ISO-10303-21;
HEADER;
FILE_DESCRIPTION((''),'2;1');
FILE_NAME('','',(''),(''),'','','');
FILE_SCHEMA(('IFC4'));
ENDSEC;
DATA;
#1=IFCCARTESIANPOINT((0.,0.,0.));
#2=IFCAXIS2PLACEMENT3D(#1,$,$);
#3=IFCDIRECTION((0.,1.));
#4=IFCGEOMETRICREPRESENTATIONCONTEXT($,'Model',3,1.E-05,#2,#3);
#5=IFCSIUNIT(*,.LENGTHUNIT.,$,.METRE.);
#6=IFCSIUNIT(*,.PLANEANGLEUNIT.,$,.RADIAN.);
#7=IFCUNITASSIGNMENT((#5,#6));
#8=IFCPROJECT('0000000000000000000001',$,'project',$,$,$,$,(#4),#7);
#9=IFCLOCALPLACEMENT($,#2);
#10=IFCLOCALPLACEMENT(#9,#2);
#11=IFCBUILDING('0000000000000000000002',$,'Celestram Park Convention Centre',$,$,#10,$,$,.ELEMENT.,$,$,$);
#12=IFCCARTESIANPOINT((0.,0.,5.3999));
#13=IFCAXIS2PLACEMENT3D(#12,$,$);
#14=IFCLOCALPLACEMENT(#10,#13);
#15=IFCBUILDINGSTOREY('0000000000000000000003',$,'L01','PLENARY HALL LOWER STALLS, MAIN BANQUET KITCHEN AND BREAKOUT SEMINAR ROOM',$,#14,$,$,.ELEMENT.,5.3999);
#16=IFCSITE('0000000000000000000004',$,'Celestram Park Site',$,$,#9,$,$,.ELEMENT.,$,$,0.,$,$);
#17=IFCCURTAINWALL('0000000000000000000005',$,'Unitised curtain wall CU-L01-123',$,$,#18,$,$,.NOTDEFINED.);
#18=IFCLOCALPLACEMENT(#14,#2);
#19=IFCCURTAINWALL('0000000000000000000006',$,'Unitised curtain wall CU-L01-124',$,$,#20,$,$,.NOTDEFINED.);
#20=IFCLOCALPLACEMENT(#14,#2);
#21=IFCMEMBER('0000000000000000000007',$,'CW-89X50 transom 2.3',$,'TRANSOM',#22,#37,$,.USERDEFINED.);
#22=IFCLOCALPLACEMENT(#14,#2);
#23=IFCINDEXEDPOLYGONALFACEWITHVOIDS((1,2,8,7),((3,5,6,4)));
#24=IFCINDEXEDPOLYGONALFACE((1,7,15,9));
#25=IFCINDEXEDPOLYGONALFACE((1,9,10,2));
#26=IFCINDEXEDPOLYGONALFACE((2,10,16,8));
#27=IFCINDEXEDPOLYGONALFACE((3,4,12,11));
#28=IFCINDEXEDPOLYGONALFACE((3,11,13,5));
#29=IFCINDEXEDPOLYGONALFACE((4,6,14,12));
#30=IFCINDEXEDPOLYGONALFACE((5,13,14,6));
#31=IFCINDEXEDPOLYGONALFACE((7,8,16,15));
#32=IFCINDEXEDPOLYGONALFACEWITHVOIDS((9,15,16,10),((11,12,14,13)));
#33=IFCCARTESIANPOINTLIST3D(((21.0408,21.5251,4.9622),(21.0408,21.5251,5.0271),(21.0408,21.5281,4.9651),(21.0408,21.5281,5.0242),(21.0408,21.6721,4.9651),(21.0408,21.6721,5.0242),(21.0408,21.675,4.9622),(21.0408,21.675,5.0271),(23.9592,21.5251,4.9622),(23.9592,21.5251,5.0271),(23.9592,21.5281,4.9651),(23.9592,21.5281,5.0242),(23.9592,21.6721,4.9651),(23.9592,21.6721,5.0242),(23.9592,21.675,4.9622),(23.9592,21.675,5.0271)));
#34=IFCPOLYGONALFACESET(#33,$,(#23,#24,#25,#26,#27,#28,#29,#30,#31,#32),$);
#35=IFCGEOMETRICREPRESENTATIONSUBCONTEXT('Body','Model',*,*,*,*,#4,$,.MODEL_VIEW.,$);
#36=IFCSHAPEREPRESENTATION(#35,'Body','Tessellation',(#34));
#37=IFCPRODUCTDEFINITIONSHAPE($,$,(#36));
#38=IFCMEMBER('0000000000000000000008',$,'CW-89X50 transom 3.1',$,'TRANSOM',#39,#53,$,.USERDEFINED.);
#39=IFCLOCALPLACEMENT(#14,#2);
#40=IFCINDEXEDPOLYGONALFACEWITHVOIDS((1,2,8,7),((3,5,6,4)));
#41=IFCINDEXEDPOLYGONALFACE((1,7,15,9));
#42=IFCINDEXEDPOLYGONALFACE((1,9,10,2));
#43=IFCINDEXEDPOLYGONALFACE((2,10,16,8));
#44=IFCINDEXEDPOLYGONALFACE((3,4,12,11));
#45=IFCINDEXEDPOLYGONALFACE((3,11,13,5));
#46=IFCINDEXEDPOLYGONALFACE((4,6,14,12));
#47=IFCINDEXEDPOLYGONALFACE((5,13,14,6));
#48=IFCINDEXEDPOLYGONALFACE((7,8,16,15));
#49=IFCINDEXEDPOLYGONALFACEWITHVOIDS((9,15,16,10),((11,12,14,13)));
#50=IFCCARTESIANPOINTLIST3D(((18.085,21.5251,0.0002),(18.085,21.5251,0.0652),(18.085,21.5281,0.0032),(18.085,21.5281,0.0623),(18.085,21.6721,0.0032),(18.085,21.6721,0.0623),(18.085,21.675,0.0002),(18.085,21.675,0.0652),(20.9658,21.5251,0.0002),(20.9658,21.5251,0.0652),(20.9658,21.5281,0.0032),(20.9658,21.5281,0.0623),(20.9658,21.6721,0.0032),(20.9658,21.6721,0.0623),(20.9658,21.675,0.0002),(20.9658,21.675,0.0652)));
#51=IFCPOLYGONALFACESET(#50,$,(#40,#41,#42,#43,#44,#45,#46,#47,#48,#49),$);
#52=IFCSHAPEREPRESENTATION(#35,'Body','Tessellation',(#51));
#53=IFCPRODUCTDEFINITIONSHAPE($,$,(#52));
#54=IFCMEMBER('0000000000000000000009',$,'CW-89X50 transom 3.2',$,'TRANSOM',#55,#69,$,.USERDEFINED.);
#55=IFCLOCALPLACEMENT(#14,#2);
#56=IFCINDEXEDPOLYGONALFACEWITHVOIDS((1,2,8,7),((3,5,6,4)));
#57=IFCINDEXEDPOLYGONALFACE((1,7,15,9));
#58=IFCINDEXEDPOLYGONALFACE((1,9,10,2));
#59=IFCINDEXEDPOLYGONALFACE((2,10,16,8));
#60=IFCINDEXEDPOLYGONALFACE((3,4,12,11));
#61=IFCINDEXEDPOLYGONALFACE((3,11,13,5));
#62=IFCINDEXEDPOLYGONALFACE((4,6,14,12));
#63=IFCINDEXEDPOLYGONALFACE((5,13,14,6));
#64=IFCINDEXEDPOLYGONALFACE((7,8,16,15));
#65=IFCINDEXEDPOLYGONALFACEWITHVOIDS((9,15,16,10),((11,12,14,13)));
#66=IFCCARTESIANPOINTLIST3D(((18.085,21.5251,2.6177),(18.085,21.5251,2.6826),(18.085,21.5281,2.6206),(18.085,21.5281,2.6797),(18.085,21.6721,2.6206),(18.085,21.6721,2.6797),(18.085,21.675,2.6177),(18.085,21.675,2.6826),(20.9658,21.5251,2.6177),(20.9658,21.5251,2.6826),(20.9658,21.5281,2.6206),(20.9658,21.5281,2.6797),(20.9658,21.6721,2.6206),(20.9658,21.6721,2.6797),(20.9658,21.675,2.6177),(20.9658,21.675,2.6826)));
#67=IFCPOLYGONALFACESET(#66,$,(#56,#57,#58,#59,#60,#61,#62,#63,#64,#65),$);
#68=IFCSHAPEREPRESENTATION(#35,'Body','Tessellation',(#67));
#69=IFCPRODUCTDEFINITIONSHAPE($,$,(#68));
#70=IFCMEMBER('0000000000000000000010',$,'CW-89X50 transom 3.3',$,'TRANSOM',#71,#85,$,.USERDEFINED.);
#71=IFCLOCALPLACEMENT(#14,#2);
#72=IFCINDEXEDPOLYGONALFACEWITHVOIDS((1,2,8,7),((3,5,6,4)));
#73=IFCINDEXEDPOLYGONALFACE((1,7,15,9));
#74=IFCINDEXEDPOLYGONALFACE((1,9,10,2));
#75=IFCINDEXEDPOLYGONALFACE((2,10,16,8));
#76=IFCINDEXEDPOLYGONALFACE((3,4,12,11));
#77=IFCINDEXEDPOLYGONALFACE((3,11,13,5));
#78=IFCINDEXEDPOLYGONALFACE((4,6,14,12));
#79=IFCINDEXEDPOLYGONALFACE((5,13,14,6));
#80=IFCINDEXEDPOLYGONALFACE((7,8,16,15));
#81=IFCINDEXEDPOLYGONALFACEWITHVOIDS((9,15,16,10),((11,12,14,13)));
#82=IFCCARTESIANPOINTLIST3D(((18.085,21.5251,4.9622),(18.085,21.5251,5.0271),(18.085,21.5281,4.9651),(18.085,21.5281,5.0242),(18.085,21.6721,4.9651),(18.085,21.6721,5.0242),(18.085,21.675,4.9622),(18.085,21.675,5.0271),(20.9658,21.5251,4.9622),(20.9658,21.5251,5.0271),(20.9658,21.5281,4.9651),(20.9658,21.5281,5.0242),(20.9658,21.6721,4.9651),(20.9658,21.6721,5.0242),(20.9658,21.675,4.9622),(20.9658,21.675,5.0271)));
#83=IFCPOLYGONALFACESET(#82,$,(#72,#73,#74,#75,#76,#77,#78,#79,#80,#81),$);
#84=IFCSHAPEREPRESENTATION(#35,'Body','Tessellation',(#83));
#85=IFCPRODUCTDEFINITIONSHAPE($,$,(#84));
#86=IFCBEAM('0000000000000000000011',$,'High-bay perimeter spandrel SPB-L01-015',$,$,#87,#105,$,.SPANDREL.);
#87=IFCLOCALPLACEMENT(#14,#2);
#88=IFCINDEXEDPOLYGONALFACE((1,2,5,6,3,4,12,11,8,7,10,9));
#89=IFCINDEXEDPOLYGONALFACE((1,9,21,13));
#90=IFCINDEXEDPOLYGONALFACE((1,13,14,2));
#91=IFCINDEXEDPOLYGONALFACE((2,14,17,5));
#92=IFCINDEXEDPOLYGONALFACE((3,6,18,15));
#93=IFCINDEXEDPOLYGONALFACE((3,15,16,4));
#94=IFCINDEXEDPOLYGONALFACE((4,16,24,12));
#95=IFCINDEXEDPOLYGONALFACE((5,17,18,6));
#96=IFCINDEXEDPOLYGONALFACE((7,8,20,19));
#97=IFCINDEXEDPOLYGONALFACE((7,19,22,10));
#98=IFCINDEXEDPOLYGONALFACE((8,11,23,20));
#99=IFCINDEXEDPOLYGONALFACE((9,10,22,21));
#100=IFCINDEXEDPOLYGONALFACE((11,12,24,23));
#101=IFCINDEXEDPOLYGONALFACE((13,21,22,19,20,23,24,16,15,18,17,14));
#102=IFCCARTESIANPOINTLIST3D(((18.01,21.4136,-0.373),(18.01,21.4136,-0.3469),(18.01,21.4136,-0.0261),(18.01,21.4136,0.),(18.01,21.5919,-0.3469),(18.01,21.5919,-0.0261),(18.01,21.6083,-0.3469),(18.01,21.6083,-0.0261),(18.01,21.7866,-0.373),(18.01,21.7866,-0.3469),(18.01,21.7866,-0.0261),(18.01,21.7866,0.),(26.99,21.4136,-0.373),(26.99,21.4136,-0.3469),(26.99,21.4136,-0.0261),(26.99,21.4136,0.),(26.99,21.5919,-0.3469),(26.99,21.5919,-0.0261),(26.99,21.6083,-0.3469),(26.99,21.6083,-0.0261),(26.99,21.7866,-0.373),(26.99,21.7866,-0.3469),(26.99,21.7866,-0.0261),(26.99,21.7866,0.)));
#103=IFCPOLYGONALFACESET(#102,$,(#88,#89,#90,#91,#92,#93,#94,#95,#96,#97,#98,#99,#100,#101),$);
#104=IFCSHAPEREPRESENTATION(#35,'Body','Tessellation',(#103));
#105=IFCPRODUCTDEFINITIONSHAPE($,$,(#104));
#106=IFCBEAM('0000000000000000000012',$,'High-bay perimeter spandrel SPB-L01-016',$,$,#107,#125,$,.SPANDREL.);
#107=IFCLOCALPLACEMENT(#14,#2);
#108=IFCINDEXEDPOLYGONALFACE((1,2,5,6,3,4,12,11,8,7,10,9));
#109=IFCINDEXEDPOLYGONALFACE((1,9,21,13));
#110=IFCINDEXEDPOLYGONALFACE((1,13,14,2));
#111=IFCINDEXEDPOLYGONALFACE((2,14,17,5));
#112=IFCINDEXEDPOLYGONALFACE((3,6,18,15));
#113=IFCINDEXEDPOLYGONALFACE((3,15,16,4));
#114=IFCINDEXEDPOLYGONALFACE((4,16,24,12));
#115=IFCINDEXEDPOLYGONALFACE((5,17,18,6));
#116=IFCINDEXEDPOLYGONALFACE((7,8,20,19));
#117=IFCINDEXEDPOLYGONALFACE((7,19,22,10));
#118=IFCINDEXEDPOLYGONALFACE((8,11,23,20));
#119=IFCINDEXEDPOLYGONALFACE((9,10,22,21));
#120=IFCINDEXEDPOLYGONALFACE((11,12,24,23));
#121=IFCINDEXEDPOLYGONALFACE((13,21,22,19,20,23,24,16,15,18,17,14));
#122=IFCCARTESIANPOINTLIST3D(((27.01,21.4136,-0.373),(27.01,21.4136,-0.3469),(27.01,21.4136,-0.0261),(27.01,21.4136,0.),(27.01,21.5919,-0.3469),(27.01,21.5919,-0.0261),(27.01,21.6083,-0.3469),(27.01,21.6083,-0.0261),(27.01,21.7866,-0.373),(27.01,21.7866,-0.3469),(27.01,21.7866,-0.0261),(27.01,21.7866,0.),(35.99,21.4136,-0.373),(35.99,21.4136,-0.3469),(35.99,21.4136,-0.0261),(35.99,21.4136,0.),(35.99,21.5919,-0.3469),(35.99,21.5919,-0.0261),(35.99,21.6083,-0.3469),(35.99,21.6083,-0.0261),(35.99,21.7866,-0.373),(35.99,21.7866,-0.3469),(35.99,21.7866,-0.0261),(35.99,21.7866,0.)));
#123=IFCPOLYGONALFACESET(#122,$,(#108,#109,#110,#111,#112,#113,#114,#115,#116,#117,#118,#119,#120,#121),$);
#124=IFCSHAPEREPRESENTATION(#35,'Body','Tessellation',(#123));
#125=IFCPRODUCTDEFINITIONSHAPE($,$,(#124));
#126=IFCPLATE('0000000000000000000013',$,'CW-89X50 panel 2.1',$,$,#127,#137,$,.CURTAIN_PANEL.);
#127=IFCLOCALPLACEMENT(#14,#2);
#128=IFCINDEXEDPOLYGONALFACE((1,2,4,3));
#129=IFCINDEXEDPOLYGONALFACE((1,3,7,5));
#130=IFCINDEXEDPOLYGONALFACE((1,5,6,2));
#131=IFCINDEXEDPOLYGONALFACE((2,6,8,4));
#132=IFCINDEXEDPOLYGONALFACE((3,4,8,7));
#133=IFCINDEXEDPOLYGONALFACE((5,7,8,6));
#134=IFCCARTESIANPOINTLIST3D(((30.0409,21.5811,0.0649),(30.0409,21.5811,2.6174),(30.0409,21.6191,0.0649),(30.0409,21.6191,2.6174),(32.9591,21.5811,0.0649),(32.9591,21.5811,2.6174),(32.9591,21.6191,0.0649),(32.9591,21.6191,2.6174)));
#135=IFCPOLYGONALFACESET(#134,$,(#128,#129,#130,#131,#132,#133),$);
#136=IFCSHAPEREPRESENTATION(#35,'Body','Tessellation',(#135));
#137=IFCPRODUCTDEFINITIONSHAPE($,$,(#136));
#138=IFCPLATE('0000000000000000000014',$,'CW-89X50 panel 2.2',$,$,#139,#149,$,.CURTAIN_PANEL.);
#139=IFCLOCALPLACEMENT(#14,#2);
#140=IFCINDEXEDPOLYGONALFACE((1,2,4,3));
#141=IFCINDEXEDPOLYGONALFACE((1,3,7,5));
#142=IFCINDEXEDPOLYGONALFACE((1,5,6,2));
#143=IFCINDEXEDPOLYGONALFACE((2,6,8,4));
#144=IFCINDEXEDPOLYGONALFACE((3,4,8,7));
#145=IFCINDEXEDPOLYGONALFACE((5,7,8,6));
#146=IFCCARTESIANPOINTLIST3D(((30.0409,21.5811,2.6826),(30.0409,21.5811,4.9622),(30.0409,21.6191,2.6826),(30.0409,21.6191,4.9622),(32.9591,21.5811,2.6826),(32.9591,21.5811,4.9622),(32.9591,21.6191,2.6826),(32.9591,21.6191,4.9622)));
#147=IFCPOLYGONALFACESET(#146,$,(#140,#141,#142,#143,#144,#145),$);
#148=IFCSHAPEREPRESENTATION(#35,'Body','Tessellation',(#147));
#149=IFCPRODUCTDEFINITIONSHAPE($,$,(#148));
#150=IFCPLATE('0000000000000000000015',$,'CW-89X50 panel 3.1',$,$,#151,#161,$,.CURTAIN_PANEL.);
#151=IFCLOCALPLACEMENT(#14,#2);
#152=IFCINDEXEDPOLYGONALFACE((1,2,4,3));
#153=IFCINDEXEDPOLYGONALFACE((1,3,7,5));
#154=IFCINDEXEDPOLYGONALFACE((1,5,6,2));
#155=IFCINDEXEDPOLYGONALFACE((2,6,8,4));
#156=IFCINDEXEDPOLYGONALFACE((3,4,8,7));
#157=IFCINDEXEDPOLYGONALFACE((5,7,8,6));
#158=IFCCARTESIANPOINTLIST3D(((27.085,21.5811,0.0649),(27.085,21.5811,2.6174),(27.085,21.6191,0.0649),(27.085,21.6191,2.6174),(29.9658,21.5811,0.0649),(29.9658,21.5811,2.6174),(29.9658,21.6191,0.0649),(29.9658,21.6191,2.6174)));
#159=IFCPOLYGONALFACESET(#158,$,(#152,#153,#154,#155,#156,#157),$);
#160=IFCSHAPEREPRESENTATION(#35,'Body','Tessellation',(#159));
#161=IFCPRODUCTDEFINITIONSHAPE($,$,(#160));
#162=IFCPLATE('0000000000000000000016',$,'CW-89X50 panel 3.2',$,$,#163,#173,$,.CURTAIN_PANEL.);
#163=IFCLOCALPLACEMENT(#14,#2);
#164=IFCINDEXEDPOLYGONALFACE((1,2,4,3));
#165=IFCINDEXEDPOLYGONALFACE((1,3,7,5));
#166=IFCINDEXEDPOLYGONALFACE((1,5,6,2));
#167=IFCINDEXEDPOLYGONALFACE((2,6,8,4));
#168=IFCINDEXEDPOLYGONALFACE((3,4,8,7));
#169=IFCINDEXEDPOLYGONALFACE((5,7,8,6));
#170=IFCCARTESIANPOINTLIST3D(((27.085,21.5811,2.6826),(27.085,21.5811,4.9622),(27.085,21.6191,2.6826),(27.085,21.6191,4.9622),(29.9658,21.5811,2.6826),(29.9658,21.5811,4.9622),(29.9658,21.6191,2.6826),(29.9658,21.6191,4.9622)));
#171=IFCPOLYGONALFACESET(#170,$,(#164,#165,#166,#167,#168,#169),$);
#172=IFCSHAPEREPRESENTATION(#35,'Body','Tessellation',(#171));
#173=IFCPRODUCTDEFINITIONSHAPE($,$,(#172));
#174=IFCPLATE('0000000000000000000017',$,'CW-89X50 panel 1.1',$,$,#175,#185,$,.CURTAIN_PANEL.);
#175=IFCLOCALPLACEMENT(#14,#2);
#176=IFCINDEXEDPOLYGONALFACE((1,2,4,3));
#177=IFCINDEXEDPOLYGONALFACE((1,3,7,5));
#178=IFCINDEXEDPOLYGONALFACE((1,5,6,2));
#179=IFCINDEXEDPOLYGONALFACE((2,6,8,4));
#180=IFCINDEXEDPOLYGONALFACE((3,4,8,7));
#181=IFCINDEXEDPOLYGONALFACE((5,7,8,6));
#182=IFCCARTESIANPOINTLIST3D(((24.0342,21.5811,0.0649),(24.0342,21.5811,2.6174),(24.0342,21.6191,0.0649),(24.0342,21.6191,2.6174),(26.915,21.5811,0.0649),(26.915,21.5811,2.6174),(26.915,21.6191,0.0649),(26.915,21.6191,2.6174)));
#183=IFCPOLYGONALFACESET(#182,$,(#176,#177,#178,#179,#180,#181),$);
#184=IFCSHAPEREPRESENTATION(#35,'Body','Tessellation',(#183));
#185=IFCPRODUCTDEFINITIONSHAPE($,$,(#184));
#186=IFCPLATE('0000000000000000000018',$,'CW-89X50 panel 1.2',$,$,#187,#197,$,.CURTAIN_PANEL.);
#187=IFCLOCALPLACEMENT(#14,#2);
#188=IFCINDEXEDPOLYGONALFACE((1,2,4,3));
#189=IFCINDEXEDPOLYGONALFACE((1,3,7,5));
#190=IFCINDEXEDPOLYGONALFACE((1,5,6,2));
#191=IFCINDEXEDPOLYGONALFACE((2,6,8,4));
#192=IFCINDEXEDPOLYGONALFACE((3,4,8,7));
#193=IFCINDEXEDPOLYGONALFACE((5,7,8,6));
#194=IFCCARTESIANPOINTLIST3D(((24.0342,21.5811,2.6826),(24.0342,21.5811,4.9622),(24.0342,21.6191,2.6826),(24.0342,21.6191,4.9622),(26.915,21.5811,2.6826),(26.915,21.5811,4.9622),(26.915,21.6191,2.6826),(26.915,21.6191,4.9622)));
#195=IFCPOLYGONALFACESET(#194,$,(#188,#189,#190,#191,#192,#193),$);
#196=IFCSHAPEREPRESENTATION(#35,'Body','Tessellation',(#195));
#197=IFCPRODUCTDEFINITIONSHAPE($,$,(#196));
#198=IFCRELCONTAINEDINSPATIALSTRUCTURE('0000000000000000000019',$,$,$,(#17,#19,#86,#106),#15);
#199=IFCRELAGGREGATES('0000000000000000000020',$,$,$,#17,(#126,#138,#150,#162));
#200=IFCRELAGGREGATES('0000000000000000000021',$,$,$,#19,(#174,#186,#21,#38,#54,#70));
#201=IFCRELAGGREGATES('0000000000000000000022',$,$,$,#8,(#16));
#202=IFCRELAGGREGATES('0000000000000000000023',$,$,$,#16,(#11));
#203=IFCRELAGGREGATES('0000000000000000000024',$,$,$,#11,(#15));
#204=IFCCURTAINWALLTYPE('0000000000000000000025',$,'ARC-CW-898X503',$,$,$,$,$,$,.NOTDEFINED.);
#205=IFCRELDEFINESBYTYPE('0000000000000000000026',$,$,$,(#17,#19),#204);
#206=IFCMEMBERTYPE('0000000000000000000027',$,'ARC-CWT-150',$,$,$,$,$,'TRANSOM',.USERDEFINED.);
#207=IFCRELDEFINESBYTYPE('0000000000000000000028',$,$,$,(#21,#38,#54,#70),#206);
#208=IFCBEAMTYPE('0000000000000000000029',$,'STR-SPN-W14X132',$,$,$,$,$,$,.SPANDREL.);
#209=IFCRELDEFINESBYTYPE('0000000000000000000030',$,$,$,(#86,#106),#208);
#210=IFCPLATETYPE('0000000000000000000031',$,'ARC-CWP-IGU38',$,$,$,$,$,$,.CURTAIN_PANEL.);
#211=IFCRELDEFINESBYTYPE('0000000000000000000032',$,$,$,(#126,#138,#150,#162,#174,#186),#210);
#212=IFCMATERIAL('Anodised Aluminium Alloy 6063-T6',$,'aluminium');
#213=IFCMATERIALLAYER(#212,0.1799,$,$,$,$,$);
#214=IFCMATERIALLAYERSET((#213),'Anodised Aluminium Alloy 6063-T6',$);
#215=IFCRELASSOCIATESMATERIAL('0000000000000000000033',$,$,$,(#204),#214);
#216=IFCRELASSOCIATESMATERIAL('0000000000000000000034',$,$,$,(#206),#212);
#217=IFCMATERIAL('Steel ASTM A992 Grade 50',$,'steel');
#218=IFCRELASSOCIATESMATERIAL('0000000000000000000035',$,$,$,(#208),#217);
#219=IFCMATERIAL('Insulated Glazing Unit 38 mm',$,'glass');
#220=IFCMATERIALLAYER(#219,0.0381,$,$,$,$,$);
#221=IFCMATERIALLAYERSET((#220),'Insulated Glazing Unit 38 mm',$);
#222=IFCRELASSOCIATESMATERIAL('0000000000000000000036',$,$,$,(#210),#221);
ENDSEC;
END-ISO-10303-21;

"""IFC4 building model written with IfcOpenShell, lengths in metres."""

from ifc_helpers import new_model, si_unit, direction, frame, origin, origin_2d, place, context, subcontext, project, spatial, rectangle, hollow_rectangle, i_section, extrude, material, layer, layer_set, material_profile, profile_set, type_object, element, aggregate, save


model = new_model("IFC4")

# Units and contexts
model_context = context("Model", 3, precision=1e-05, world=origin(), true_north=direction((0.0, 1.0)))
body_context = subcontext(model_context, "Body", "Model", "MODEL_VIEW")
ifc_project = project(units=[si_unit("LENGTHUNIT", "METRE"), si_unit("PLANEANGLEUNIT", "RADIAN")], contexts=[model_context])

# Site, building, storey
site_placement = place(None, origin())
site = spatial("IfcSite", under=ifc_project, at=site_placement, Name="Celestram Park Site", CompositionType="ELEMENT", RefElevation=0.0)
building_placement = place(site_placement, origin())
building = spatial("IfcBuilding", under=site, at=building_placement, Name="Celestram Park Convention Centre", CompositionType="ELEMENT")
storey_placement = place(building_placement, frame((0.0, 0.0, 5.3999)))
storey = spatial("IfcBuildingStorey", under=building, at=storey_placement, Name="L01", Description="PLENARY HALL LOWER STALLS, MAIN BANQUET KITCHEN AND BREAKOUT SEMINAR ROOM", CompositionType="ELEMENT", Elevation=5.3999)

# Shared definitions
ifc_material_1 = material(Name="Steel ASTM A992 Grade 50", Category="steel")

# Curtain walls
ifc_material_2 = material(Name="Anodised Aluminium Alloy 6063-T6", Category="aluminium")
ifc_layer_1 = layer(ifc_material_2, 0.1799)
ifc_layer_set_1 = layer_set([ifc_layer_1], Name="Anodised Aluminium Alloy 6063-T6")
curtain_wall_type = type_object("IfcCurtainWallType", Name="ARC-CW-898X503", PredefinedType="NOTDEFINED", material=ifc_layer_set_1)
curtain_wall_1_placement = place(storey_placement, origin())
curtain_wall_1 = element("IfcCurtainWall", 1, at=curtain_wall_1_placement, inside=storey, type_object=curtain_wall_type, Name="Unitised curtain wall CU-L01-123", PredefinedType="NOTDEFINED")
curtain_wall_2_placement = place(storey_placement, origin())
curtain_wall_2 = element("IfcCurtainWall", 2, at=curtain_wall_2_placement, inside=storey, type_object=curtain_wall_type, Name="Unitised curtain wall CU-L01-124", PredefinedType="NOTDEFINED")

# Members
ifc_material_profile_1 = material_profile(ifc_material_2, hollow_rectangle(XDim=0.1499, YDim=0.0649, WallThickness=0.0029, at=origin_2d()), Name="ALU150X65X3")
ifc_profile_set_1 = profile_set([ifc_material_profile_1], Name="Anodised Aluminium Alloy 6063-T6")
member_type_1 = type_object("IfcMemberType", Name="ARC-CWT-150", ElementType="TRANSOM", PredefinedType="USERDEFINED", material=ifc_profile_set_1)
member_1_placement = place(storey_placement, frame((23.9592, 21.6001, 4.9946), z_axis=(-1.0, 0.0, 0.0), x_axis=(0.0, -1.0, 0.0)))
member_1 = element("IfcMember", 3, at=member_1_placement, type_object=member_type_1, Name="CW-89X50 transom 2.3", ObjectType="TRANSOM", PredefinedType="USERDEFINED", context=body_context, shape_type="SweptSolid", body=[
    extrude(hollow_rectangle(XDim=0.1499, YDim=0.0649, WallThickness=0.0029, at=origin_2d()), origin(), (0.0, 0.0, 1.0), 2.9185),
])
member_2_placement = place(storey_placement, frame((20.9658, 21.6001, 0.0327), z_axis=(-1.0, 0.0, 0.0), x_axis=(0.0, -1.0, 0.0)))
member_2 = element("IfcMember", 4, at=member_2_placement, type_object=member_type_1, Name="CW-89X50 transom 3.1", ObjectType="TRANSOM", PredefinedType="USERDEFINED", context=body_context, shape_type="SweptSolid", body=[
    extrude(hollow_rectangle(XDim=0.1499, YDim=0.0649, WallThickness=0.0029, at=origin_2d()), origin(), (0.0, 0.0, 1.0), 2.8809),
])
member_3_placement = place(storey_placement, frame((20.9658, 21.6001, 2.6501), z_axis=(-1.0, 0.0, 0.0), x_axis=(0.0, -1.0, 0.0)))
member_3 = element("IfcMember", 5, at=member_3_placement, type_object=member_type_1, Name="CW-89X50 transom 3.2", ObjectType="TRANSOM", PredefinedType="USERDEFINED", context=body_context, shape_type="SweptSolid", body=[
    extrude(hollow_rectangle(XDim=0.1499, YDim=0.0649, WallThickness=0.0029, at=origin_2d()), origin(), (0.0, 0.0, 1.0), 2.8809),
])
member_4_placement = place(storey_placement, frame((20.9658, 21.6001, 4.9946), z_axis=(-1.0, 0.0, 0.0), x_axis=(0.0, -1.0, 0.0)))
member_4 = element("IfcMember", 6, at=member_4_placement, type_object=member_type_1, Name="CW-89X50 transom 3.3", ObjectType="TRANSOM", PredefinedType="USERDEFINED", context=body_context, shape_type="SweptSolid", body=[
    extrude(hollow_rectangle(XDim=0.1499, YDim=0.0649, WallThickness=0.0029, at=origin_2d()), origin(), (0.0, 0.0, 1.0), 2.8809),
])

# Beams
ifc_material_profile_2 = material_profile(ifc_material_1, i_section(OverallWidth=0.373, OverallDepth=0.373, WebThickness=0.0164, FlangeThickness=0.0261, at=origin_2d()), Name="W14X132")
ifc_profile_set_2 = profile_set([ifc_material_profile_2], Name="Steel ASTM A992 Grade 50")
beam_type = type_object("IfcBeamType", Name="STR-SPN-W14X132", PredefinedType="SPANDREL", material=ifc_profile_set_2)
for number, where, z_axis, x_axis, name in (
    (7, (18.01, 21.6001, -0.1865), (1.0, 0.0, 0.0), (0.0, 1.0, 0.0), "High-bay perimeter spandrel SPB-L01-015"),
    (8, (27.01, 21.6001, -0.1865), (1.0, 0.0, 0.0), (0.0, 1.0, 0.0), "High-bay perimeter spandrel SPB-L01-016"),
):
    element("IfcBeam", number, at=place(storey_placement, frame(where, z_axis=z_axis, x_axis=x_axis)), inside=storey, type_object=beam_type, Name=name, PredefinedType="SPANDREL", context=body_context, shape_type="SweptSolid", body=[
        extrude(i_section(OverallWidth=0.373, OverallDepth=0.373, WebThickness=0.0164, FlangeThickness=0.0261, at=origin_2d()), origin(), (0.0, 0.0, 1.0), 8.98),
    ])

# Plates
ifc_material_3 = material(Name="Insulated Glazing Unit 38 mm", Category="glass")
ifc_layer_2 = layer(ifc_material_3, 0.0381)
ifc_layer_set_2 = layer_set([ifc_layer_2], Name="Insulated Glazing Unit 38 mm")
plate_type = type_object("IfcPlateType", Name="ARC-CWP-IGU38", PredefinedType="CURTAIN_PANEL", material=ifc_layer_set_2)
plate_1_placement = place(storey_placement, frame((31.5, 21.6001, 0.0649), z_axis=(0.0, 0.0, 1.0), x_axis=(-1.0, 0.0, 0.0)))
plate_1 = element("IfcPlate", 9, at=plate_1_placement, type_object=plate_type, Name="CW-89X50 panel 2.1", PredefinedType="CURTAIN_PANEL", context=body_context, shape_type="SweptSolid", body=[
    extrude(rectangle(XDim=2.9182, YDim=0.0381, at=origin_2d()), origin(), (0.0, 0.0, 1.0), 2.5525),
])
plate_2_placement = place(storey_placement, frame((31.5, 21.6001, 2.6826), z_axis=(0.0, 0.0, 1.0), x_axis=(-1.0, 0.0, 0.0)))
plate_2 = element("IfcPlate", 10, at=plate_2_placement, type_object=plate_type, Name="CW-89X50 panel 2.2", PredefinedType="CURTAIN_PANEL", context=body_context, shape_type="SweptSolid", body=[
    extrude(rectangle(XDim=2.9182, YDim=0.0381, at=origin_2d()), origin(), (0.0, 0.0, 1.0), 2.2795),
])
plate_3_placement = place(storey_placement, frame((28.5254, 21.6001, 0.0649), z_axis=(0.0, 0.0, 1.0), x_axis=(-1.0, 0.0, 0.0)))
plate_3 = element("IfcPlate", 11, at=plate_3_placement, type_object=plate_type, Name="CW-89X50 panel 3.1", PredefinedType="CURTAIN_PANEL", context=body_context, shape_type="SweptSolid", body=[
    extrude(rectangle(XDim=2.8809, YDim=0.0381, at=origin_2d()), origin(), (0.0, 0.0, 1.0), 2.5525),
])
plate_4_placement = place(storey_placement, frame((28.5254, 21.6001, 2.6826), z_axis=(0.0, 0.0, 1.0), x_axis=(-1.0, 0.0, 0.0)))
plate_4 = element("IfcPlate", 12, at=plate_4_placement, type_object=plate_type, Name="CW-89X50 panel 3.2", PredefinedType="CURTAIN_PANEL", context=body_context, shape_type="SweptSolid", body=[
    extrude(rectangle(XDim=2.8809, YDim=0.0381, at=origin_2d()), origin(), (0.0, 0.0, 1.0), 2.2795),
])
aggregate(curtain_wall_1, [plate_1, plate_2, plate_3, plate_4])
plate_5_placement = place(storey_placement, frame((25.4746, 21.6001, 0.0649), z_axis=(0.0, 0.0, 1.0), x_axis=(-1.0, 0.0, 0.0)))
plate_5 = element("IfcPlate", 13, at=plate_5_placement, type_object=plate_type, Name="CW-89X50 panel 1.1", PredefinedType="CURTAIN_PANEL", context=body_context, shape_type="SweptSolid", body=[
    extrude(rectangle(XDim=2.8809, YDim=0.0381, at=origin_2d()), origin(), (0.0, 0.0, 1.0), 2.5525),
])
plate_6_placement = place(storey_placement, frame((25.4746, 21.6001, 2.6826), z_axis=(0.0, 0.0, 1.0), x_axis=(-1.0, 0.0, 0.0)))
plate_6 = element("IfcPlate", 14, at=plate_6_placement, type_object=plate_type, Name="CW-89X50 panel 1.2", PredefinedType="CURTAIN_PANEL", context=body_context, shape_type="SweptSolid", body=[
    extrude(rectangle(XDim=2.8809, YDim=0.0381, at=origin_2d()), origin(), (0.0, 0.0, 1.0), 2.2795),
])
aggregate(curtain_wall_2, [plate_5, plate_6, member_1, member_2, member_3, member_4])

save(model, "model.ifc")
